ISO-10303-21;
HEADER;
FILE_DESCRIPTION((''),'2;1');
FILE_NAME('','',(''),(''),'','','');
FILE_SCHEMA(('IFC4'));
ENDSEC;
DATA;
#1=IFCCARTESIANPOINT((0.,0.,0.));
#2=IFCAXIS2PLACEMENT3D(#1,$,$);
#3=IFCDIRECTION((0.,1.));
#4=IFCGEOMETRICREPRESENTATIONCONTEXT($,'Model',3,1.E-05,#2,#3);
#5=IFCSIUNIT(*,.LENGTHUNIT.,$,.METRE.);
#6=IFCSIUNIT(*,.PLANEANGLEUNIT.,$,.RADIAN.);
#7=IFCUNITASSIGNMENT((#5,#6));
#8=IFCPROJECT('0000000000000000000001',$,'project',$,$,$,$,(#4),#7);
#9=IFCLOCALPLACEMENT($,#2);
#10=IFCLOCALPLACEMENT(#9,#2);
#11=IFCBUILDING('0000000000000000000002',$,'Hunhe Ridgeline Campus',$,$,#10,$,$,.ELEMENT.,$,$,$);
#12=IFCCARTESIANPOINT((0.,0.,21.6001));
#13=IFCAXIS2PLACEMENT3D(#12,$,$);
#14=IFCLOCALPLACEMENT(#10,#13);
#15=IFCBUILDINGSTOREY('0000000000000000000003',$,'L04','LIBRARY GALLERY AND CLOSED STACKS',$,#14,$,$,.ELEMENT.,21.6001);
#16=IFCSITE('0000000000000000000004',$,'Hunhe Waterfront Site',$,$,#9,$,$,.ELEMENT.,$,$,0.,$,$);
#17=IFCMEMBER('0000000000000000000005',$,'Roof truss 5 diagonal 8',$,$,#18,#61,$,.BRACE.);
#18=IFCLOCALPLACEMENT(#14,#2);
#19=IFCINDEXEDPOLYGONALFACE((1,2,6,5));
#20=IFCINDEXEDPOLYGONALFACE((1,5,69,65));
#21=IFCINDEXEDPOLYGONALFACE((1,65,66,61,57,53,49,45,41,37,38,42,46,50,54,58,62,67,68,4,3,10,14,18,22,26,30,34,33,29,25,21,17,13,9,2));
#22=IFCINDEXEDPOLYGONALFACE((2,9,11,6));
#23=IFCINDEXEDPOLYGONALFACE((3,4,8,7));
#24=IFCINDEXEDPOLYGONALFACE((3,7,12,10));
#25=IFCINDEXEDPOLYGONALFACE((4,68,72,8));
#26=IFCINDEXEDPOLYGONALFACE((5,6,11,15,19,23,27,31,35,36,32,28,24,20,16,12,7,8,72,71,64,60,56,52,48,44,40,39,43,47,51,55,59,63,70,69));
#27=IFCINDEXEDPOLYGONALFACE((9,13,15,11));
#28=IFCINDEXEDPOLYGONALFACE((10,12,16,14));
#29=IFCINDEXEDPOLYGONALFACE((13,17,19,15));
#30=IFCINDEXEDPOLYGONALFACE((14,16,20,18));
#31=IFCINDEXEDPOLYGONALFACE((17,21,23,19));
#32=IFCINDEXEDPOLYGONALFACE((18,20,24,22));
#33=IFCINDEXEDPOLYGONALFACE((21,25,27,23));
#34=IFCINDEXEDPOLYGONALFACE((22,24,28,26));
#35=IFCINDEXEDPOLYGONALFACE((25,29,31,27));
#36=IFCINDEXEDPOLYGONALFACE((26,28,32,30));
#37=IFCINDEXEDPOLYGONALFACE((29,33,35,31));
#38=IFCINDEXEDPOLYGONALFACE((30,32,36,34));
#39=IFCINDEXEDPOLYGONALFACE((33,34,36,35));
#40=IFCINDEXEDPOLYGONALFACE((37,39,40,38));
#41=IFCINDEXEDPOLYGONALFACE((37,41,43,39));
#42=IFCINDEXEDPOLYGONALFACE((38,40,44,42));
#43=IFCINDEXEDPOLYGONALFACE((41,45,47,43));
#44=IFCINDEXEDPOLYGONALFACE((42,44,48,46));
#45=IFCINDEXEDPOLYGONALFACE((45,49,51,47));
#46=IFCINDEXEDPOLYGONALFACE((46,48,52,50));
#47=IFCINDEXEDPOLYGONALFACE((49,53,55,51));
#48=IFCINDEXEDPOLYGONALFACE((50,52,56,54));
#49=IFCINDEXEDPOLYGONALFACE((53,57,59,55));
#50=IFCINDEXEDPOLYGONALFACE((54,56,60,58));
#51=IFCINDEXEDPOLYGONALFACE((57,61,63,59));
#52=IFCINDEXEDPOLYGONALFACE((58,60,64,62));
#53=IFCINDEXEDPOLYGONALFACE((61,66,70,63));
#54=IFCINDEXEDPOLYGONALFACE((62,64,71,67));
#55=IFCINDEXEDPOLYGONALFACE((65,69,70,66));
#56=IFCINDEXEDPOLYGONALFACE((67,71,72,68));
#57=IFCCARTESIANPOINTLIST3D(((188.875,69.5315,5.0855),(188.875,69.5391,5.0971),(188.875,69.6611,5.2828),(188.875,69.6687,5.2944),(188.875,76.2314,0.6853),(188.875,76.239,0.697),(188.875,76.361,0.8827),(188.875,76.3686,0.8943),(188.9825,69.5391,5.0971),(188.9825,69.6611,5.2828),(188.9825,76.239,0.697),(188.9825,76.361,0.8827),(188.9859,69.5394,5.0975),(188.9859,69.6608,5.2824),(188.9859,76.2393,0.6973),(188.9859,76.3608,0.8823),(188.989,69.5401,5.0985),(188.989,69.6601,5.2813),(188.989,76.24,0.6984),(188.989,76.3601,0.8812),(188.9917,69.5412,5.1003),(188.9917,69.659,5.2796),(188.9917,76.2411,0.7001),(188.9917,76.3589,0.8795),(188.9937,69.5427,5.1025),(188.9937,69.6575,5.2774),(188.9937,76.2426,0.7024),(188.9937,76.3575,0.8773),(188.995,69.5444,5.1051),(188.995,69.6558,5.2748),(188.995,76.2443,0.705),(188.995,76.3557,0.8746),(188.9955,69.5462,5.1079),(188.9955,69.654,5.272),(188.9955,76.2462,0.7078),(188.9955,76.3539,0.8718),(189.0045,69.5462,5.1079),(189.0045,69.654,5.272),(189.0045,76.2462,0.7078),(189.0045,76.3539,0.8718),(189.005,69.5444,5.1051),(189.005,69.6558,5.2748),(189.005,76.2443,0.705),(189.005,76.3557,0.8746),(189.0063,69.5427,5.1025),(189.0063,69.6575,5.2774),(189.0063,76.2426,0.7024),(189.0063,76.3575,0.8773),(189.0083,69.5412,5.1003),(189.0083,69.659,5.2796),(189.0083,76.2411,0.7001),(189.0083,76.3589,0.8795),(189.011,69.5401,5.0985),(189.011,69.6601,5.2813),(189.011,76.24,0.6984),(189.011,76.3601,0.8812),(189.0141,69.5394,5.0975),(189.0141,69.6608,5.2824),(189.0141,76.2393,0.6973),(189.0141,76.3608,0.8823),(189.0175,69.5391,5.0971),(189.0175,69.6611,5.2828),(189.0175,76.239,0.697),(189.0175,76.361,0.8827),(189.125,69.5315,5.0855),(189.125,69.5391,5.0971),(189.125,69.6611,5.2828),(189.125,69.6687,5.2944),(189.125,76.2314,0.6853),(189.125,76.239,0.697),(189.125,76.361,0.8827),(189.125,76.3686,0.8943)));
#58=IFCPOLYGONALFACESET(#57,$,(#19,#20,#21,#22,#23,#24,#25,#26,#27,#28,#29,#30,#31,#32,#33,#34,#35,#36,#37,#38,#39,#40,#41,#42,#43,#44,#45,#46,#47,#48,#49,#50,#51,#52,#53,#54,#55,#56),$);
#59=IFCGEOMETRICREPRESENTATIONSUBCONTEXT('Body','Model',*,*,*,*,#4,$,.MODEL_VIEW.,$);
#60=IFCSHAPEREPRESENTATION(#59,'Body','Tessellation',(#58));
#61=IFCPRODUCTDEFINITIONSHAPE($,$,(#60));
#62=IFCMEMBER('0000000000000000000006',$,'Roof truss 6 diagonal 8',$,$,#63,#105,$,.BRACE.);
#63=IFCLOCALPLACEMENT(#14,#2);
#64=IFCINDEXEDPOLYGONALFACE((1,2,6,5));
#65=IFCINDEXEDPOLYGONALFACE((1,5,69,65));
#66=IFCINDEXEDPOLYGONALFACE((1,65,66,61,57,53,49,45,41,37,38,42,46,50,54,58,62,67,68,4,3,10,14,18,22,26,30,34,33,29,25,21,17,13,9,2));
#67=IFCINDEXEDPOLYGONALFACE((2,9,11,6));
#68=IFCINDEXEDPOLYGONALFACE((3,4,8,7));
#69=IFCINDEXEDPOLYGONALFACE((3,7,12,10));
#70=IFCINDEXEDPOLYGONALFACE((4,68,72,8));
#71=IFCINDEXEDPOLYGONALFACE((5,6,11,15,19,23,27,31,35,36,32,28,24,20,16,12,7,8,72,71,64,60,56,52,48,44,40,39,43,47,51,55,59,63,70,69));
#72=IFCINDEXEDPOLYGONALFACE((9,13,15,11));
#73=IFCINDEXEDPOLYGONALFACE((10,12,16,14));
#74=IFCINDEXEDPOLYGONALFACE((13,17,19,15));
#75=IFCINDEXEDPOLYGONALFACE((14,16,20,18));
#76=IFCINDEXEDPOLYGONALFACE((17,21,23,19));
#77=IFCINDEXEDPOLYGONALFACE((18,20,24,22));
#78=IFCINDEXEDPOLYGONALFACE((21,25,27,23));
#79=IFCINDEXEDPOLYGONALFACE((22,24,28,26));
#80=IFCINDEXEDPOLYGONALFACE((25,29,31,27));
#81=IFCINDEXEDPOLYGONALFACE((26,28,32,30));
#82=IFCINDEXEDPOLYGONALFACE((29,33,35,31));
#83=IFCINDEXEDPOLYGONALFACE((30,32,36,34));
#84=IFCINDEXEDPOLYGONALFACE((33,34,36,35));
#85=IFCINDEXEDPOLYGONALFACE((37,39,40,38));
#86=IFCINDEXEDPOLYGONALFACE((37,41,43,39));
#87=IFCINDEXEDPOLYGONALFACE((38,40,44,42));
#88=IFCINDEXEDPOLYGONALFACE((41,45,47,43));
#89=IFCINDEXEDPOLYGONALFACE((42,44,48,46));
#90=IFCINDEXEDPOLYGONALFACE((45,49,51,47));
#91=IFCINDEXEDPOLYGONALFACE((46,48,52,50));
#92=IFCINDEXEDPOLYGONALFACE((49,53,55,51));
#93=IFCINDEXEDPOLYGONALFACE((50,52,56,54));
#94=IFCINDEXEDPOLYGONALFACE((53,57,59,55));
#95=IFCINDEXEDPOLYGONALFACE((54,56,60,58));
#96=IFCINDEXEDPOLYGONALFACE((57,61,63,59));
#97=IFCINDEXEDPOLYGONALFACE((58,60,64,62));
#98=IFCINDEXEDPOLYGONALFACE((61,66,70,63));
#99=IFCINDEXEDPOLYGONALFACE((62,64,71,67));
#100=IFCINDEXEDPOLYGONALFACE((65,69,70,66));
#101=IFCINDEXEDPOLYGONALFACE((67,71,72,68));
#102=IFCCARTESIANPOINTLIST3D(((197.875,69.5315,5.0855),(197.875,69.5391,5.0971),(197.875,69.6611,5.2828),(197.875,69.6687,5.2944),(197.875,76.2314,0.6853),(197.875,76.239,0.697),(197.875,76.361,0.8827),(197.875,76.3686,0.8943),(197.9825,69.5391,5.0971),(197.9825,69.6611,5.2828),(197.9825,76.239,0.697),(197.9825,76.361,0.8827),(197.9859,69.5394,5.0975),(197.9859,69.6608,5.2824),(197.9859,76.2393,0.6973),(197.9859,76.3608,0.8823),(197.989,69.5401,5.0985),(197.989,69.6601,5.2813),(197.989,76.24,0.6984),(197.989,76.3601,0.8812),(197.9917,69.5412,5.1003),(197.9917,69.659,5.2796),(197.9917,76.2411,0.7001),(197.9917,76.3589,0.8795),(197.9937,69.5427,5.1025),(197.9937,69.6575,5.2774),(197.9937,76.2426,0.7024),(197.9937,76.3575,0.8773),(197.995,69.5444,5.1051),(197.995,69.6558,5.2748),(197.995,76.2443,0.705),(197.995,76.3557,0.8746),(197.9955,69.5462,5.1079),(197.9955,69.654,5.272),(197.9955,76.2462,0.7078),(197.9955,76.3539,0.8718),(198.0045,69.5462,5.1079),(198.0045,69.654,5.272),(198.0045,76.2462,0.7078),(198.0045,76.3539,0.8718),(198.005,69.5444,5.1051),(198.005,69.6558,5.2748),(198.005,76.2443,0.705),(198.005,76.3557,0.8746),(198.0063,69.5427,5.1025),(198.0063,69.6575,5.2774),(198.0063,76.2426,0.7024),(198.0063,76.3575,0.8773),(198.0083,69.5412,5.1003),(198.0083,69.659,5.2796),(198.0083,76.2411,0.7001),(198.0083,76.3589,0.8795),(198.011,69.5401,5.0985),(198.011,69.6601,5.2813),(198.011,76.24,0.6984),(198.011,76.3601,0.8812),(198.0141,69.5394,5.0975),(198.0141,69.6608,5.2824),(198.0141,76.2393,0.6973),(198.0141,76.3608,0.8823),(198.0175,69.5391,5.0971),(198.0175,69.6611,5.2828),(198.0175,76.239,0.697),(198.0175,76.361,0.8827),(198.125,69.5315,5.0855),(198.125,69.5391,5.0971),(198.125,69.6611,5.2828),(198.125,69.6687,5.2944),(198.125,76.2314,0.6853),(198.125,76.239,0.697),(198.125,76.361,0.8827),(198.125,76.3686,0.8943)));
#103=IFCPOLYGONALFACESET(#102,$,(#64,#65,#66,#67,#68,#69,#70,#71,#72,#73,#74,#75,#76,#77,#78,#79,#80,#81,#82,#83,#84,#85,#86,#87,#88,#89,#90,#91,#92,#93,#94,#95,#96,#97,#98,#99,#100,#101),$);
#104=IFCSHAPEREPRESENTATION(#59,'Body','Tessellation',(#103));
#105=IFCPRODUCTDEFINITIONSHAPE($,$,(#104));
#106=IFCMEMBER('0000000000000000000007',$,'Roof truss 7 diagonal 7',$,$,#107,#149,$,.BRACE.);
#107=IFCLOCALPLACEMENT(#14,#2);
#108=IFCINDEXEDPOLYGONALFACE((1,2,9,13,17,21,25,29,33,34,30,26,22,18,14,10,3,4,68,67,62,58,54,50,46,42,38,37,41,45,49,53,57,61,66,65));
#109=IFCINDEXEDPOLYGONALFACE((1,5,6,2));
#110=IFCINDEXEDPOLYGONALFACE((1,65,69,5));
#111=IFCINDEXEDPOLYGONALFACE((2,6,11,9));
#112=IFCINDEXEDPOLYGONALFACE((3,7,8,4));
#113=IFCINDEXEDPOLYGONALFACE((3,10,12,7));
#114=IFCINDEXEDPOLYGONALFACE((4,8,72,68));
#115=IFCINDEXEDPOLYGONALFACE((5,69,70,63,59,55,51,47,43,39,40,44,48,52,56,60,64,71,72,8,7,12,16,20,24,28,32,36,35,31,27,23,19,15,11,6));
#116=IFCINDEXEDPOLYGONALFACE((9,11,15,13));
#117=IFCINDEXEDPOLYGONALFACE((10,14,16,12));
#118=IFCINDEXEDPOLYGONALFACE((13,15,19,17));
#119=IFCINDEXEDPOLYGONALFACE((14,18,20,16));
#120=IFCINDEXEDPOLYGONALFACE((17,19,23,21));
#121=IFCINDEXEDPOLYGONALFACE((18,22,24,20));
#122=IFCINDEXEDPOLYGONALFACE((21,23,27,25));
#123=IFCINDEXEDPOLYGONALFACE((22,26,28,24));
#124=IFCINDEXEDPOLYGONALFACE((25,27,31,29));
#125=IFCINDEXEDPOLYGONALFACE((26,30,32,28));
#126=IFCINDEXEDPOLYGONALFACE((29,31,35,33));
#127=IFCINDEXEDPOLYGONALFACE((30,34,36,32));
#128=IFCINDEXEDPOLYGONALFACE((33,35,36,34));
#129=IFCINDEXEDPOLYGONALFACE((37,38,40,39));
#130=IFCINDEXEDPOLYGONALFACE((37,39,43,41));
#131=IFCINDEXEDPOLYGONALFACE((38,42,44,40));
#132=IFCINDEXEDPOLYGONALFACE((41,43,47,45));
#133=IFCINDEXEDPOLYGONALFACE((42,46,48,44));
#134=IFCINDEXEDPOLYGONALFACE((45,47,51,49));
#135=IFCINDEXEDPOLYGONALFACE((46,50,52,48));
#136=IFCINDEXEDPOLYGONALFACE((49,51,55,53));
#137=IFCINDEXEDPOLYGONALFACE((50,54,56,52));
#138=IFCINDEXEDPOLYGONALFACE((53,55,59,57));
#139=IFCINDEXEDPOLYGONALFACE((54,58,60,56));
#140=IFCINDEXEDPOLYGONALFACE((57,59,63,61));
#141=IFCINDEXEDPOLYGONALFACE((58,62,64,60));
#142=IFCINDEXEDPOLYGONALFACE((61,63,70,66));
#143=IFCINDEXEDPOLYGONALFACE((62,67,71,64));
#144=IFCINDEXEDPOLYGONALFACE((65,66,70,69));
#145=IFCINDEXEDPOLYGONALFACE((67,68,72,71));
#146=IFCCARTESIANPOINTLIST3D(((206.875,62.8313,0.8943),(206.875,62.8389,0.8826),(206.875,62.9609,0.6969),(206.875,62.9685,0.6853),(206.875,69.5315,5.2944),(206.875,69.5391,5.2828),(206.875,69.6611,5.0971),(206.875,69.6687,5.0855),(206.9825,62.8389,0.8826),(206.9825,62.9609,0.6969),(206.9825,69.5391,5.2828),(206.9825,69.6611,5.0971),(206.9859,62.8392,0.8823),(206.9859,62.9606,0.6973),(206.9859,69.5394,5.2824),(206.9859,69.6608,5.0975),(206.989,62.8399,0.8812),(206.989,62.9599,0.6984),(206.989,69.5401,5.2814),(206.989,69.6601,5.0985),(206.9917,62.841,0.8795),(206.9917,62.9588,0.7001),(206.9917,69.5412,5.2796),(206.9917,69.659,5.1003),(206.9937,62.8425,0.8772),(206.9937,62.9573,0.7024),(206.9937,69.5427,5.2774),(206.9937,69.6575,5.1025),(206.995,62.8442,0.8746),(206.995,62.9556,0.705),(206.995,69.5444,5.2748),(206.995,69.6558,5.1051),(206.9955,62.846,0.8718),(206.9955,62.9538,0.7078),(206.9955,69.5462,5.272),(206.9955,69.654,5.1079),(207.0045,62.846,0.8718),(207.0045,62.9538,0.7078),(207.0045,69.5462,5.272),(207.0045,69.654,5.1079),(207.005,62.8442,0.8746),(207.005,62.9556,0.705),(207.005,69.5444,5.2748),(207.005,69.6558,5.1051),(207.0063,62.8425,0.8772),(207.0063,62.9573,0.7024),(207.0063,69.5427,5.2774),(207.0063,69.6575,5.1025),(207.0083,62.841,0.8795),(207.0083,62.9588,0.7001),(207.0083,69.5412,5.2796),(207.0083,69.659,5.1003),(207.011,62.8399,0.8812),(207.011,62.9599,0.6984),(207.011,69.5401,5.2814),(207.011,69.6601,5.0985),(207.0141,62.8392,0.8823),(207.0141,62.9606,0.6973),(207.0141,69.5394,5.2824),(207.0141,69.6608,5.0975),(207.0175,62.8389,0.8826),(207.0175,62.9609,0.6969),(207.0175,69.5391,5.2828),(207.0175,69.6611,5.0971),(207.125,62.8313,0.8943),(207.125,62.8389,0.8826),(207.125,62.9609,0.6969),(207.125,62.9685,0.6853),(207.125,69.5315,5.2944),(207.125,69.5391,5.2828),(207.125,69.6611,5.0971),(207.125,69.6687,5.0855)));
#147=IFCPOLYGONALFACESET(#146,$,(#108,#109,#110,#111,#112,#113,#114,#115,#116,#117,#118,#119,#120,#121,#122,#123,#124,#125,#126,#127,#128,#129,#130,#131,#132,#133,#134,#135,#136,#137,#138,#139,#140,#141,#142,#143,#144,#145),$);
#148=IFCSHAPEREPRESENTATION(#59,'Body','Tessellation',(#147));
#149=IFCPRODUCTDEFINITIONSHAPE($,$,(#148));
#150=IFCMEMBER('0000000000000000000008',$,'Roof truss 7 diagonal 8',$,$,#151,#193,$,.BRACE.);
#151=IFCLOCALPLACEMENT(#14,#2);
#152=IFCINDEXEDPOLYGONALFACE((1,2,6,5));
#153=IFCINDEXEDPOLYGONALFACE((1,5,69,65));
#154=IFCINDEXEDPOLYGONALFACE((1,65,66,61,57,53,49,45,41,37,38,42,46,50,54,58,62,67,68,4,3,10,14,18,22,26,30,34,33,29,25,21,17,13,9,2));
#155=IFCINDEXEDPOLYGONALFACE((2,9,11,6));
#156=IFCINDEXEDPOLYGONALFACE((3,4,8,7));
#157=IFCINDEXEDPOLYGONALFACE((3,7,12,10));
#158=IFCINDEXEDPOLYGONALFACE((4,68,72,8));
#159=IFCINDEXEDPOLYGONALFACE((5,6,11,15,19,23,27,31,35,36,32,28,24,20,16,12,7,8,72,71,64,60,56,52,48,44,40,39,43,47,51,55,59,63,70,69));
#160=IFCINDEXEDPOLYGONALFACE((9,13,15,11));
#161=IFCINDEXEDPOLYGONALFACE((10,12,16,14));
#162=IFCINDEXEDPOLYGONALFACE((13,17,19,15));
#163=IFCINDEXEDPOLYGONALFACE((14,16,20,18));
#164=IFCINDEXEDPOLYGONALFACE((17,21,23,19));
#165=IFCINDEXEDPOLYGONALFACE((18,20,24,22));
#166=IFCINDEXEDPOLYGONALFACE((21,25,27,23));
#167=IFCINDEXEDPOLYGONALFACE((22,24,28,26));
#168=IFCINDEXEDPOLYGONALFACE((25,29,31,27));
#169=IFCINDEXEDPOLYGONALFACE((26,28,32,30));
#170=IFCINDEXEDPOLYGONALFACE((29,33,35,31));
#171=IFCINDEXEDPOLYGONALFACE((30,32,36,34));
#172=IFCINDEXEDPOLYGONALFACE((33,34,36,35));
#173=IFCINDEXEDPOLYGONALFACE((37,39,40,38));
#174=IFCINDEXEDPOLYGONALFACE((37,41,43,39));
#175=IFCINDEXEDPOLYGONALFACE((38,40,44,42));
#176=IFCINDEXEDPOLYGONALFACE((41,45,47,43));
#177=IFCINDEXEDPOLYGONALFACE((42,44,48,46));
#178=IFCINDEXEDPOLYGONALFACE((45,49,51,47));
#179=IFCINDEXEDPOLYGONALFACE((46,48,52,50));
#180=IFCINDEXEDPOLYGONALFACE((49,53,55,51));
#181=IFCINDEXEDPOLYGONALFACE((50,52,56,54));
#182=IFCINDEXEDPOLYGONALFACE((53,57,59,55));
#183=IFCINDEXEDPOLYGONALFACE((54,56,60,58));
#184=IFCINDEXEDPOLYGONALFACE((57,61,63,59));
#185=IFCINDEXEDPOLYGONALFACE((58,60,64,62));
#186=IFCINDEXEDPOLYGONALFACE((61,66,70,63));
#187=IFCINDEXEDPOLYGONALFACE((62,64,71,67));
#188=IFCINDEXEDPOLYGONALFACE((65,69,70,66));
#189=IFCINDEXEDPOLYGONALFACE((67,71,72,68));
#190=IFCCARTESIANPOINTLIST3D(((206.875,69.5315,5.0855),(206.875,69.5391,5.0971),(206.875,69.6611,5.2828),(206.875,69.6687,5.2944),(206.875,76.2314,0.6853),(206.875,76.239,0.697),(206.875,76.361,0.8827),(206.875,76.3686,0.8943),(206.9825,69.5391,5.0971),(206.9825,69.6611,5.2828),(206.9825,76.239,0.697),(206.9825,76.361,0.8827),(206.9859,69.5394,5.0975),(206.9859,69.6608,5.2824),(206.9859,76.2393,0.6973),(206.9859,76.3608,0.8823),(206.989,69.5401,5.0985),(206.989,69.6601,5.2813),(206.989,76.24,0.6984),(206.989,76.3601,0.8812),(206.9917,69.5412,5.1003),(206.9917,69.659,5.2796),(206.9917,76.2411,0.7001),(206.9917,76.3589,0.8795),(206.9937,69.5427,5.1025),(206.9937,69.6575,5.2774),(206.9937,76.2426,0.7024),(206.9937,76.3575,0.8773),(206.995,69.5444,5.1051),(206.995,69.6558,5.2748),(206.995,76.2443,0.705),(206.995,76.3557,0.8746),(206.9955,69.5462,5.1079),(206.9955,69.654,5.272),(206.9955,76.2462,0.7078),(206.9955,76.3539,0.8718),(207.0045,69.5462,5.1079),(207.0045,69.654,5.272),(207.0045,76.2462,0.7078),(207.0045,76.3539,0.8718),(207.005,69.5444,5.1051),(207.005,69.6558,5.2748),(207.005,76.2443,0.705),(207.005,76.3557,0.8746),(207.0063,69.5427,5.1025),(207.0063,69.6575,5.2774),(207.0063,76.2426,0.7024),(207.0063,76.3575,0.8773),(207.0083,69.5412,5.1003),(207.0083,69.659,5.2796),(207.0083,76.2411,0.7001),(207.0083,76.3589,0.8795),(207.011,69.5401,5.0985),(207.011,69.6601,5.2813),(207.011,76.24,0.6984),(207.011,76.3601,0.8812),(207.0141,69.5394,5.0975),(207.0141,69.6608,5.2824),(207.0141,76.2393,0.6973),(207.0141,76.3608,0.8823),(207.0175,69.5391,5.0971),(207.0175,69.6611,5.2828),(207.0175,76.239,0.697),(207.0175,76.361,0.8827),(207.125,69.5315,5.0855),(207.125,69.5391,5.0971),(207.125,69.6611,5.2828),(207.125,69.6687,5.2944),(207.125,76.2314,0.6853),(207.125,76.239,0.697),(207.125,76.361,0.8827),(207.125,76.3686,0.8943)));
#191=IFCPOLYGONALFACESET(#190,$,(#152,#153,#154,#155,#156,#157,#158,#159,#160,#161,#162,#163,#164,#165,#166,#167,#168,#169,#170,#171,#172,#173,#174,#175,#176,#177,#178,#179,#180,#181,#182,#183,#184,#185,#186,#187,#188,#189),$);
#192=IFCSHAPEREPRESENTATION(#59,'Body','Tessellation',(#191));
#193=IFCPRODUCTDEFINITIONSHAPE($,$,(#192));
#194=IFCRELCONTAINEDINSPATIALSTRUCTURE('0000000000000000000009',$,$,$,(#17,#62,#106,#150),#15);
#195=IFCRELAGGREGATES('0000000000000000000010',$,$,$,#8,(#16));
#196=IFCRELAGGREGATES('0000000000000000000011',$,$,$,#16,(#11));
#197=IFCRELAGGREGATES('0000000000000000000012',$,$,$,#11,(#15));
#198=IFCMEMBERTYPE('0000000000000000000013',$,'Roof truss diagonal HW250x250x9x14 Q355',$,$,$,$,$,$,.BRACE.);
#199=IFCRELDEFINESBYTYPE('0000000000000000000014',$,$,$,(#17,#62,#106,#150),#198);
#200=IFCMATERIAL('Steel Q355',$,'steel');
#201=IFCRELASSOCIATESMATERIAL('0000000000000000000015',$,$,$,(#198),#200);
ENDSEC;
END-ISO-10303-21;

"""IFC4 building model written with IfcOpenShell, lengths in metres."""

from ifc_helpers import new_model, si_unit, direction, frame, origin, origin_2d, place, context, subcontext, project, spatial, i_section, extrude, material, material_profile, profile_set, type_object, element, save


model = new_model("IFC4")

# Units and contexts
model_context = context("Model", 3, precision=1e-05, world=origin(), true_north=direction((0.0, 1.0)))
body_context = subcontext(model_context, "Body", "Model", "MODEL_VIEW")
ifc_project = project(units=[si_unit("LENGTHUNIT", "METRE"), si_unit("PLANEANGLEUNIT", "RADIAN")], contexts=[model_context])

# Site, building, storey
site_placement = place(None, origin())
site = spatial("IfcSite", under=ifc_project, at=site_placement, Name="Hunhe Waterfront Site", CompositionType="ELEMENT", RefElevation=0.0)
building_placement = place(site_placement, origin())
building = spatial("IfcBuilding", under=site, at=building_placement, Name="Hunhe Ridgeline Campus", CompositionType="ELEMENT")
storey_placement = place(building_placement, frame((0.0, 0.0, 21.6001)))
storey = spatial("IfcBuildingStorey", under=building, at=storey_placement, Name="L04", Description="LIBRARY GALLERY AND CLOSED STACKS", CompositionType="ELEMENT", Elevation=21.6001)

# Members
ifc_material_1 = material(Name="Steel Q355", Category="steel")
ifc_material_profile_1 = material_profile(ifc_material_1, i_section(OverallWidth=0.25, OverallDepth=0.25, WebThickness=0.009, FlangeThickness=0.0139, FilletRadius=0.0129, at=origin_2d()))
ifc_profile_set_1 = profile_set([ifc_material_profile_1], Name="Steel Q355")
member_type_1 = type_object("IfcMemberType", Name="Roof truss diagonal HW250x250x9x14 Q355", PredefinedType="BRACE", material=ifc_profile_set_1)
for number, where, z_axis, x_axis, name in (
    (1, (189.0, 69.6001, 5.1899), (0.0, 0.835859, -0.548944), (-1.0, 0.0, 0.0), "Roof truss 5 diagonal 8"),
    (2, (198.0, 69.6001, 5.1899), (0.0, 0.835859, -0.548944), (-1.0, 0.0, 0.0), "Roof truss 6 diagonal 8"),
):
    element("IfcMember", number, at=place(storey_placement, frame(where, z_axis=z_axis, x_axis=x_axis)), inside=storey, type_object=member_type_1, Name=name, PredefinedType="BRACE", context=body_context, shape_type="SweptSolid", body=[
        extrude(i_section(OverallWidth=0.25, OverallDepth=0.25, WebThickness=0.009, FlangeThickness=0.0139, FilletRadius=0.0129, at=origin_2d()), origin(), (0.0, 0.0, 1.0), 8.0156),
    ])
member_1_placement = place(storey_placement, frame((207.0, 62.8999, 0.7898), z_axis=(0.0, 0.835868, 0.548931), x_axis=(-1.0, 0.0, 0.0)))
element("IfcMember", 3, at=member_1_placement, inside=storey, type_object=member_type_1, Name="Roof truss 7 diagonal 7", PredefinedType="BRACE", context=body_context, shape_type="SweptSolid", body=[
    extrude(i_section(OverallWidth=0.25, OverallDepth=0.25, WebThickness=0.009, FlangeThickness=0.0139, FilletRadius=0.0129, at=origin_2d()), origin(), (0.0, 0.0, 1.0), 8.0159),
])
member_2_placement = place(storey_placement, frame((207.0, 69.6001, 5.1899), z_axis=(0.0, 0.835859, -0.548944), x_axis=(-1.0, 0.0, 0.0)))
element("IfcMember", 4, at=member_2_placement, inside=storey, type_object=member_type_1, Name="Roof truss 7 diagonal 8", PredefinedType="BRACE", context=body_context, shape_type="SweptSolid", body=[
    extrude(i_section(OverallWidth=0.25, OverallDepth=0.25, WebThickness=0.009, FlangeThickness=0.0139, FilletRadius=0.0129, at=origin_2d()), origin(), (0.0, 0.0, 1.0), 8.0156),
])

save(model, "model.ifc")
